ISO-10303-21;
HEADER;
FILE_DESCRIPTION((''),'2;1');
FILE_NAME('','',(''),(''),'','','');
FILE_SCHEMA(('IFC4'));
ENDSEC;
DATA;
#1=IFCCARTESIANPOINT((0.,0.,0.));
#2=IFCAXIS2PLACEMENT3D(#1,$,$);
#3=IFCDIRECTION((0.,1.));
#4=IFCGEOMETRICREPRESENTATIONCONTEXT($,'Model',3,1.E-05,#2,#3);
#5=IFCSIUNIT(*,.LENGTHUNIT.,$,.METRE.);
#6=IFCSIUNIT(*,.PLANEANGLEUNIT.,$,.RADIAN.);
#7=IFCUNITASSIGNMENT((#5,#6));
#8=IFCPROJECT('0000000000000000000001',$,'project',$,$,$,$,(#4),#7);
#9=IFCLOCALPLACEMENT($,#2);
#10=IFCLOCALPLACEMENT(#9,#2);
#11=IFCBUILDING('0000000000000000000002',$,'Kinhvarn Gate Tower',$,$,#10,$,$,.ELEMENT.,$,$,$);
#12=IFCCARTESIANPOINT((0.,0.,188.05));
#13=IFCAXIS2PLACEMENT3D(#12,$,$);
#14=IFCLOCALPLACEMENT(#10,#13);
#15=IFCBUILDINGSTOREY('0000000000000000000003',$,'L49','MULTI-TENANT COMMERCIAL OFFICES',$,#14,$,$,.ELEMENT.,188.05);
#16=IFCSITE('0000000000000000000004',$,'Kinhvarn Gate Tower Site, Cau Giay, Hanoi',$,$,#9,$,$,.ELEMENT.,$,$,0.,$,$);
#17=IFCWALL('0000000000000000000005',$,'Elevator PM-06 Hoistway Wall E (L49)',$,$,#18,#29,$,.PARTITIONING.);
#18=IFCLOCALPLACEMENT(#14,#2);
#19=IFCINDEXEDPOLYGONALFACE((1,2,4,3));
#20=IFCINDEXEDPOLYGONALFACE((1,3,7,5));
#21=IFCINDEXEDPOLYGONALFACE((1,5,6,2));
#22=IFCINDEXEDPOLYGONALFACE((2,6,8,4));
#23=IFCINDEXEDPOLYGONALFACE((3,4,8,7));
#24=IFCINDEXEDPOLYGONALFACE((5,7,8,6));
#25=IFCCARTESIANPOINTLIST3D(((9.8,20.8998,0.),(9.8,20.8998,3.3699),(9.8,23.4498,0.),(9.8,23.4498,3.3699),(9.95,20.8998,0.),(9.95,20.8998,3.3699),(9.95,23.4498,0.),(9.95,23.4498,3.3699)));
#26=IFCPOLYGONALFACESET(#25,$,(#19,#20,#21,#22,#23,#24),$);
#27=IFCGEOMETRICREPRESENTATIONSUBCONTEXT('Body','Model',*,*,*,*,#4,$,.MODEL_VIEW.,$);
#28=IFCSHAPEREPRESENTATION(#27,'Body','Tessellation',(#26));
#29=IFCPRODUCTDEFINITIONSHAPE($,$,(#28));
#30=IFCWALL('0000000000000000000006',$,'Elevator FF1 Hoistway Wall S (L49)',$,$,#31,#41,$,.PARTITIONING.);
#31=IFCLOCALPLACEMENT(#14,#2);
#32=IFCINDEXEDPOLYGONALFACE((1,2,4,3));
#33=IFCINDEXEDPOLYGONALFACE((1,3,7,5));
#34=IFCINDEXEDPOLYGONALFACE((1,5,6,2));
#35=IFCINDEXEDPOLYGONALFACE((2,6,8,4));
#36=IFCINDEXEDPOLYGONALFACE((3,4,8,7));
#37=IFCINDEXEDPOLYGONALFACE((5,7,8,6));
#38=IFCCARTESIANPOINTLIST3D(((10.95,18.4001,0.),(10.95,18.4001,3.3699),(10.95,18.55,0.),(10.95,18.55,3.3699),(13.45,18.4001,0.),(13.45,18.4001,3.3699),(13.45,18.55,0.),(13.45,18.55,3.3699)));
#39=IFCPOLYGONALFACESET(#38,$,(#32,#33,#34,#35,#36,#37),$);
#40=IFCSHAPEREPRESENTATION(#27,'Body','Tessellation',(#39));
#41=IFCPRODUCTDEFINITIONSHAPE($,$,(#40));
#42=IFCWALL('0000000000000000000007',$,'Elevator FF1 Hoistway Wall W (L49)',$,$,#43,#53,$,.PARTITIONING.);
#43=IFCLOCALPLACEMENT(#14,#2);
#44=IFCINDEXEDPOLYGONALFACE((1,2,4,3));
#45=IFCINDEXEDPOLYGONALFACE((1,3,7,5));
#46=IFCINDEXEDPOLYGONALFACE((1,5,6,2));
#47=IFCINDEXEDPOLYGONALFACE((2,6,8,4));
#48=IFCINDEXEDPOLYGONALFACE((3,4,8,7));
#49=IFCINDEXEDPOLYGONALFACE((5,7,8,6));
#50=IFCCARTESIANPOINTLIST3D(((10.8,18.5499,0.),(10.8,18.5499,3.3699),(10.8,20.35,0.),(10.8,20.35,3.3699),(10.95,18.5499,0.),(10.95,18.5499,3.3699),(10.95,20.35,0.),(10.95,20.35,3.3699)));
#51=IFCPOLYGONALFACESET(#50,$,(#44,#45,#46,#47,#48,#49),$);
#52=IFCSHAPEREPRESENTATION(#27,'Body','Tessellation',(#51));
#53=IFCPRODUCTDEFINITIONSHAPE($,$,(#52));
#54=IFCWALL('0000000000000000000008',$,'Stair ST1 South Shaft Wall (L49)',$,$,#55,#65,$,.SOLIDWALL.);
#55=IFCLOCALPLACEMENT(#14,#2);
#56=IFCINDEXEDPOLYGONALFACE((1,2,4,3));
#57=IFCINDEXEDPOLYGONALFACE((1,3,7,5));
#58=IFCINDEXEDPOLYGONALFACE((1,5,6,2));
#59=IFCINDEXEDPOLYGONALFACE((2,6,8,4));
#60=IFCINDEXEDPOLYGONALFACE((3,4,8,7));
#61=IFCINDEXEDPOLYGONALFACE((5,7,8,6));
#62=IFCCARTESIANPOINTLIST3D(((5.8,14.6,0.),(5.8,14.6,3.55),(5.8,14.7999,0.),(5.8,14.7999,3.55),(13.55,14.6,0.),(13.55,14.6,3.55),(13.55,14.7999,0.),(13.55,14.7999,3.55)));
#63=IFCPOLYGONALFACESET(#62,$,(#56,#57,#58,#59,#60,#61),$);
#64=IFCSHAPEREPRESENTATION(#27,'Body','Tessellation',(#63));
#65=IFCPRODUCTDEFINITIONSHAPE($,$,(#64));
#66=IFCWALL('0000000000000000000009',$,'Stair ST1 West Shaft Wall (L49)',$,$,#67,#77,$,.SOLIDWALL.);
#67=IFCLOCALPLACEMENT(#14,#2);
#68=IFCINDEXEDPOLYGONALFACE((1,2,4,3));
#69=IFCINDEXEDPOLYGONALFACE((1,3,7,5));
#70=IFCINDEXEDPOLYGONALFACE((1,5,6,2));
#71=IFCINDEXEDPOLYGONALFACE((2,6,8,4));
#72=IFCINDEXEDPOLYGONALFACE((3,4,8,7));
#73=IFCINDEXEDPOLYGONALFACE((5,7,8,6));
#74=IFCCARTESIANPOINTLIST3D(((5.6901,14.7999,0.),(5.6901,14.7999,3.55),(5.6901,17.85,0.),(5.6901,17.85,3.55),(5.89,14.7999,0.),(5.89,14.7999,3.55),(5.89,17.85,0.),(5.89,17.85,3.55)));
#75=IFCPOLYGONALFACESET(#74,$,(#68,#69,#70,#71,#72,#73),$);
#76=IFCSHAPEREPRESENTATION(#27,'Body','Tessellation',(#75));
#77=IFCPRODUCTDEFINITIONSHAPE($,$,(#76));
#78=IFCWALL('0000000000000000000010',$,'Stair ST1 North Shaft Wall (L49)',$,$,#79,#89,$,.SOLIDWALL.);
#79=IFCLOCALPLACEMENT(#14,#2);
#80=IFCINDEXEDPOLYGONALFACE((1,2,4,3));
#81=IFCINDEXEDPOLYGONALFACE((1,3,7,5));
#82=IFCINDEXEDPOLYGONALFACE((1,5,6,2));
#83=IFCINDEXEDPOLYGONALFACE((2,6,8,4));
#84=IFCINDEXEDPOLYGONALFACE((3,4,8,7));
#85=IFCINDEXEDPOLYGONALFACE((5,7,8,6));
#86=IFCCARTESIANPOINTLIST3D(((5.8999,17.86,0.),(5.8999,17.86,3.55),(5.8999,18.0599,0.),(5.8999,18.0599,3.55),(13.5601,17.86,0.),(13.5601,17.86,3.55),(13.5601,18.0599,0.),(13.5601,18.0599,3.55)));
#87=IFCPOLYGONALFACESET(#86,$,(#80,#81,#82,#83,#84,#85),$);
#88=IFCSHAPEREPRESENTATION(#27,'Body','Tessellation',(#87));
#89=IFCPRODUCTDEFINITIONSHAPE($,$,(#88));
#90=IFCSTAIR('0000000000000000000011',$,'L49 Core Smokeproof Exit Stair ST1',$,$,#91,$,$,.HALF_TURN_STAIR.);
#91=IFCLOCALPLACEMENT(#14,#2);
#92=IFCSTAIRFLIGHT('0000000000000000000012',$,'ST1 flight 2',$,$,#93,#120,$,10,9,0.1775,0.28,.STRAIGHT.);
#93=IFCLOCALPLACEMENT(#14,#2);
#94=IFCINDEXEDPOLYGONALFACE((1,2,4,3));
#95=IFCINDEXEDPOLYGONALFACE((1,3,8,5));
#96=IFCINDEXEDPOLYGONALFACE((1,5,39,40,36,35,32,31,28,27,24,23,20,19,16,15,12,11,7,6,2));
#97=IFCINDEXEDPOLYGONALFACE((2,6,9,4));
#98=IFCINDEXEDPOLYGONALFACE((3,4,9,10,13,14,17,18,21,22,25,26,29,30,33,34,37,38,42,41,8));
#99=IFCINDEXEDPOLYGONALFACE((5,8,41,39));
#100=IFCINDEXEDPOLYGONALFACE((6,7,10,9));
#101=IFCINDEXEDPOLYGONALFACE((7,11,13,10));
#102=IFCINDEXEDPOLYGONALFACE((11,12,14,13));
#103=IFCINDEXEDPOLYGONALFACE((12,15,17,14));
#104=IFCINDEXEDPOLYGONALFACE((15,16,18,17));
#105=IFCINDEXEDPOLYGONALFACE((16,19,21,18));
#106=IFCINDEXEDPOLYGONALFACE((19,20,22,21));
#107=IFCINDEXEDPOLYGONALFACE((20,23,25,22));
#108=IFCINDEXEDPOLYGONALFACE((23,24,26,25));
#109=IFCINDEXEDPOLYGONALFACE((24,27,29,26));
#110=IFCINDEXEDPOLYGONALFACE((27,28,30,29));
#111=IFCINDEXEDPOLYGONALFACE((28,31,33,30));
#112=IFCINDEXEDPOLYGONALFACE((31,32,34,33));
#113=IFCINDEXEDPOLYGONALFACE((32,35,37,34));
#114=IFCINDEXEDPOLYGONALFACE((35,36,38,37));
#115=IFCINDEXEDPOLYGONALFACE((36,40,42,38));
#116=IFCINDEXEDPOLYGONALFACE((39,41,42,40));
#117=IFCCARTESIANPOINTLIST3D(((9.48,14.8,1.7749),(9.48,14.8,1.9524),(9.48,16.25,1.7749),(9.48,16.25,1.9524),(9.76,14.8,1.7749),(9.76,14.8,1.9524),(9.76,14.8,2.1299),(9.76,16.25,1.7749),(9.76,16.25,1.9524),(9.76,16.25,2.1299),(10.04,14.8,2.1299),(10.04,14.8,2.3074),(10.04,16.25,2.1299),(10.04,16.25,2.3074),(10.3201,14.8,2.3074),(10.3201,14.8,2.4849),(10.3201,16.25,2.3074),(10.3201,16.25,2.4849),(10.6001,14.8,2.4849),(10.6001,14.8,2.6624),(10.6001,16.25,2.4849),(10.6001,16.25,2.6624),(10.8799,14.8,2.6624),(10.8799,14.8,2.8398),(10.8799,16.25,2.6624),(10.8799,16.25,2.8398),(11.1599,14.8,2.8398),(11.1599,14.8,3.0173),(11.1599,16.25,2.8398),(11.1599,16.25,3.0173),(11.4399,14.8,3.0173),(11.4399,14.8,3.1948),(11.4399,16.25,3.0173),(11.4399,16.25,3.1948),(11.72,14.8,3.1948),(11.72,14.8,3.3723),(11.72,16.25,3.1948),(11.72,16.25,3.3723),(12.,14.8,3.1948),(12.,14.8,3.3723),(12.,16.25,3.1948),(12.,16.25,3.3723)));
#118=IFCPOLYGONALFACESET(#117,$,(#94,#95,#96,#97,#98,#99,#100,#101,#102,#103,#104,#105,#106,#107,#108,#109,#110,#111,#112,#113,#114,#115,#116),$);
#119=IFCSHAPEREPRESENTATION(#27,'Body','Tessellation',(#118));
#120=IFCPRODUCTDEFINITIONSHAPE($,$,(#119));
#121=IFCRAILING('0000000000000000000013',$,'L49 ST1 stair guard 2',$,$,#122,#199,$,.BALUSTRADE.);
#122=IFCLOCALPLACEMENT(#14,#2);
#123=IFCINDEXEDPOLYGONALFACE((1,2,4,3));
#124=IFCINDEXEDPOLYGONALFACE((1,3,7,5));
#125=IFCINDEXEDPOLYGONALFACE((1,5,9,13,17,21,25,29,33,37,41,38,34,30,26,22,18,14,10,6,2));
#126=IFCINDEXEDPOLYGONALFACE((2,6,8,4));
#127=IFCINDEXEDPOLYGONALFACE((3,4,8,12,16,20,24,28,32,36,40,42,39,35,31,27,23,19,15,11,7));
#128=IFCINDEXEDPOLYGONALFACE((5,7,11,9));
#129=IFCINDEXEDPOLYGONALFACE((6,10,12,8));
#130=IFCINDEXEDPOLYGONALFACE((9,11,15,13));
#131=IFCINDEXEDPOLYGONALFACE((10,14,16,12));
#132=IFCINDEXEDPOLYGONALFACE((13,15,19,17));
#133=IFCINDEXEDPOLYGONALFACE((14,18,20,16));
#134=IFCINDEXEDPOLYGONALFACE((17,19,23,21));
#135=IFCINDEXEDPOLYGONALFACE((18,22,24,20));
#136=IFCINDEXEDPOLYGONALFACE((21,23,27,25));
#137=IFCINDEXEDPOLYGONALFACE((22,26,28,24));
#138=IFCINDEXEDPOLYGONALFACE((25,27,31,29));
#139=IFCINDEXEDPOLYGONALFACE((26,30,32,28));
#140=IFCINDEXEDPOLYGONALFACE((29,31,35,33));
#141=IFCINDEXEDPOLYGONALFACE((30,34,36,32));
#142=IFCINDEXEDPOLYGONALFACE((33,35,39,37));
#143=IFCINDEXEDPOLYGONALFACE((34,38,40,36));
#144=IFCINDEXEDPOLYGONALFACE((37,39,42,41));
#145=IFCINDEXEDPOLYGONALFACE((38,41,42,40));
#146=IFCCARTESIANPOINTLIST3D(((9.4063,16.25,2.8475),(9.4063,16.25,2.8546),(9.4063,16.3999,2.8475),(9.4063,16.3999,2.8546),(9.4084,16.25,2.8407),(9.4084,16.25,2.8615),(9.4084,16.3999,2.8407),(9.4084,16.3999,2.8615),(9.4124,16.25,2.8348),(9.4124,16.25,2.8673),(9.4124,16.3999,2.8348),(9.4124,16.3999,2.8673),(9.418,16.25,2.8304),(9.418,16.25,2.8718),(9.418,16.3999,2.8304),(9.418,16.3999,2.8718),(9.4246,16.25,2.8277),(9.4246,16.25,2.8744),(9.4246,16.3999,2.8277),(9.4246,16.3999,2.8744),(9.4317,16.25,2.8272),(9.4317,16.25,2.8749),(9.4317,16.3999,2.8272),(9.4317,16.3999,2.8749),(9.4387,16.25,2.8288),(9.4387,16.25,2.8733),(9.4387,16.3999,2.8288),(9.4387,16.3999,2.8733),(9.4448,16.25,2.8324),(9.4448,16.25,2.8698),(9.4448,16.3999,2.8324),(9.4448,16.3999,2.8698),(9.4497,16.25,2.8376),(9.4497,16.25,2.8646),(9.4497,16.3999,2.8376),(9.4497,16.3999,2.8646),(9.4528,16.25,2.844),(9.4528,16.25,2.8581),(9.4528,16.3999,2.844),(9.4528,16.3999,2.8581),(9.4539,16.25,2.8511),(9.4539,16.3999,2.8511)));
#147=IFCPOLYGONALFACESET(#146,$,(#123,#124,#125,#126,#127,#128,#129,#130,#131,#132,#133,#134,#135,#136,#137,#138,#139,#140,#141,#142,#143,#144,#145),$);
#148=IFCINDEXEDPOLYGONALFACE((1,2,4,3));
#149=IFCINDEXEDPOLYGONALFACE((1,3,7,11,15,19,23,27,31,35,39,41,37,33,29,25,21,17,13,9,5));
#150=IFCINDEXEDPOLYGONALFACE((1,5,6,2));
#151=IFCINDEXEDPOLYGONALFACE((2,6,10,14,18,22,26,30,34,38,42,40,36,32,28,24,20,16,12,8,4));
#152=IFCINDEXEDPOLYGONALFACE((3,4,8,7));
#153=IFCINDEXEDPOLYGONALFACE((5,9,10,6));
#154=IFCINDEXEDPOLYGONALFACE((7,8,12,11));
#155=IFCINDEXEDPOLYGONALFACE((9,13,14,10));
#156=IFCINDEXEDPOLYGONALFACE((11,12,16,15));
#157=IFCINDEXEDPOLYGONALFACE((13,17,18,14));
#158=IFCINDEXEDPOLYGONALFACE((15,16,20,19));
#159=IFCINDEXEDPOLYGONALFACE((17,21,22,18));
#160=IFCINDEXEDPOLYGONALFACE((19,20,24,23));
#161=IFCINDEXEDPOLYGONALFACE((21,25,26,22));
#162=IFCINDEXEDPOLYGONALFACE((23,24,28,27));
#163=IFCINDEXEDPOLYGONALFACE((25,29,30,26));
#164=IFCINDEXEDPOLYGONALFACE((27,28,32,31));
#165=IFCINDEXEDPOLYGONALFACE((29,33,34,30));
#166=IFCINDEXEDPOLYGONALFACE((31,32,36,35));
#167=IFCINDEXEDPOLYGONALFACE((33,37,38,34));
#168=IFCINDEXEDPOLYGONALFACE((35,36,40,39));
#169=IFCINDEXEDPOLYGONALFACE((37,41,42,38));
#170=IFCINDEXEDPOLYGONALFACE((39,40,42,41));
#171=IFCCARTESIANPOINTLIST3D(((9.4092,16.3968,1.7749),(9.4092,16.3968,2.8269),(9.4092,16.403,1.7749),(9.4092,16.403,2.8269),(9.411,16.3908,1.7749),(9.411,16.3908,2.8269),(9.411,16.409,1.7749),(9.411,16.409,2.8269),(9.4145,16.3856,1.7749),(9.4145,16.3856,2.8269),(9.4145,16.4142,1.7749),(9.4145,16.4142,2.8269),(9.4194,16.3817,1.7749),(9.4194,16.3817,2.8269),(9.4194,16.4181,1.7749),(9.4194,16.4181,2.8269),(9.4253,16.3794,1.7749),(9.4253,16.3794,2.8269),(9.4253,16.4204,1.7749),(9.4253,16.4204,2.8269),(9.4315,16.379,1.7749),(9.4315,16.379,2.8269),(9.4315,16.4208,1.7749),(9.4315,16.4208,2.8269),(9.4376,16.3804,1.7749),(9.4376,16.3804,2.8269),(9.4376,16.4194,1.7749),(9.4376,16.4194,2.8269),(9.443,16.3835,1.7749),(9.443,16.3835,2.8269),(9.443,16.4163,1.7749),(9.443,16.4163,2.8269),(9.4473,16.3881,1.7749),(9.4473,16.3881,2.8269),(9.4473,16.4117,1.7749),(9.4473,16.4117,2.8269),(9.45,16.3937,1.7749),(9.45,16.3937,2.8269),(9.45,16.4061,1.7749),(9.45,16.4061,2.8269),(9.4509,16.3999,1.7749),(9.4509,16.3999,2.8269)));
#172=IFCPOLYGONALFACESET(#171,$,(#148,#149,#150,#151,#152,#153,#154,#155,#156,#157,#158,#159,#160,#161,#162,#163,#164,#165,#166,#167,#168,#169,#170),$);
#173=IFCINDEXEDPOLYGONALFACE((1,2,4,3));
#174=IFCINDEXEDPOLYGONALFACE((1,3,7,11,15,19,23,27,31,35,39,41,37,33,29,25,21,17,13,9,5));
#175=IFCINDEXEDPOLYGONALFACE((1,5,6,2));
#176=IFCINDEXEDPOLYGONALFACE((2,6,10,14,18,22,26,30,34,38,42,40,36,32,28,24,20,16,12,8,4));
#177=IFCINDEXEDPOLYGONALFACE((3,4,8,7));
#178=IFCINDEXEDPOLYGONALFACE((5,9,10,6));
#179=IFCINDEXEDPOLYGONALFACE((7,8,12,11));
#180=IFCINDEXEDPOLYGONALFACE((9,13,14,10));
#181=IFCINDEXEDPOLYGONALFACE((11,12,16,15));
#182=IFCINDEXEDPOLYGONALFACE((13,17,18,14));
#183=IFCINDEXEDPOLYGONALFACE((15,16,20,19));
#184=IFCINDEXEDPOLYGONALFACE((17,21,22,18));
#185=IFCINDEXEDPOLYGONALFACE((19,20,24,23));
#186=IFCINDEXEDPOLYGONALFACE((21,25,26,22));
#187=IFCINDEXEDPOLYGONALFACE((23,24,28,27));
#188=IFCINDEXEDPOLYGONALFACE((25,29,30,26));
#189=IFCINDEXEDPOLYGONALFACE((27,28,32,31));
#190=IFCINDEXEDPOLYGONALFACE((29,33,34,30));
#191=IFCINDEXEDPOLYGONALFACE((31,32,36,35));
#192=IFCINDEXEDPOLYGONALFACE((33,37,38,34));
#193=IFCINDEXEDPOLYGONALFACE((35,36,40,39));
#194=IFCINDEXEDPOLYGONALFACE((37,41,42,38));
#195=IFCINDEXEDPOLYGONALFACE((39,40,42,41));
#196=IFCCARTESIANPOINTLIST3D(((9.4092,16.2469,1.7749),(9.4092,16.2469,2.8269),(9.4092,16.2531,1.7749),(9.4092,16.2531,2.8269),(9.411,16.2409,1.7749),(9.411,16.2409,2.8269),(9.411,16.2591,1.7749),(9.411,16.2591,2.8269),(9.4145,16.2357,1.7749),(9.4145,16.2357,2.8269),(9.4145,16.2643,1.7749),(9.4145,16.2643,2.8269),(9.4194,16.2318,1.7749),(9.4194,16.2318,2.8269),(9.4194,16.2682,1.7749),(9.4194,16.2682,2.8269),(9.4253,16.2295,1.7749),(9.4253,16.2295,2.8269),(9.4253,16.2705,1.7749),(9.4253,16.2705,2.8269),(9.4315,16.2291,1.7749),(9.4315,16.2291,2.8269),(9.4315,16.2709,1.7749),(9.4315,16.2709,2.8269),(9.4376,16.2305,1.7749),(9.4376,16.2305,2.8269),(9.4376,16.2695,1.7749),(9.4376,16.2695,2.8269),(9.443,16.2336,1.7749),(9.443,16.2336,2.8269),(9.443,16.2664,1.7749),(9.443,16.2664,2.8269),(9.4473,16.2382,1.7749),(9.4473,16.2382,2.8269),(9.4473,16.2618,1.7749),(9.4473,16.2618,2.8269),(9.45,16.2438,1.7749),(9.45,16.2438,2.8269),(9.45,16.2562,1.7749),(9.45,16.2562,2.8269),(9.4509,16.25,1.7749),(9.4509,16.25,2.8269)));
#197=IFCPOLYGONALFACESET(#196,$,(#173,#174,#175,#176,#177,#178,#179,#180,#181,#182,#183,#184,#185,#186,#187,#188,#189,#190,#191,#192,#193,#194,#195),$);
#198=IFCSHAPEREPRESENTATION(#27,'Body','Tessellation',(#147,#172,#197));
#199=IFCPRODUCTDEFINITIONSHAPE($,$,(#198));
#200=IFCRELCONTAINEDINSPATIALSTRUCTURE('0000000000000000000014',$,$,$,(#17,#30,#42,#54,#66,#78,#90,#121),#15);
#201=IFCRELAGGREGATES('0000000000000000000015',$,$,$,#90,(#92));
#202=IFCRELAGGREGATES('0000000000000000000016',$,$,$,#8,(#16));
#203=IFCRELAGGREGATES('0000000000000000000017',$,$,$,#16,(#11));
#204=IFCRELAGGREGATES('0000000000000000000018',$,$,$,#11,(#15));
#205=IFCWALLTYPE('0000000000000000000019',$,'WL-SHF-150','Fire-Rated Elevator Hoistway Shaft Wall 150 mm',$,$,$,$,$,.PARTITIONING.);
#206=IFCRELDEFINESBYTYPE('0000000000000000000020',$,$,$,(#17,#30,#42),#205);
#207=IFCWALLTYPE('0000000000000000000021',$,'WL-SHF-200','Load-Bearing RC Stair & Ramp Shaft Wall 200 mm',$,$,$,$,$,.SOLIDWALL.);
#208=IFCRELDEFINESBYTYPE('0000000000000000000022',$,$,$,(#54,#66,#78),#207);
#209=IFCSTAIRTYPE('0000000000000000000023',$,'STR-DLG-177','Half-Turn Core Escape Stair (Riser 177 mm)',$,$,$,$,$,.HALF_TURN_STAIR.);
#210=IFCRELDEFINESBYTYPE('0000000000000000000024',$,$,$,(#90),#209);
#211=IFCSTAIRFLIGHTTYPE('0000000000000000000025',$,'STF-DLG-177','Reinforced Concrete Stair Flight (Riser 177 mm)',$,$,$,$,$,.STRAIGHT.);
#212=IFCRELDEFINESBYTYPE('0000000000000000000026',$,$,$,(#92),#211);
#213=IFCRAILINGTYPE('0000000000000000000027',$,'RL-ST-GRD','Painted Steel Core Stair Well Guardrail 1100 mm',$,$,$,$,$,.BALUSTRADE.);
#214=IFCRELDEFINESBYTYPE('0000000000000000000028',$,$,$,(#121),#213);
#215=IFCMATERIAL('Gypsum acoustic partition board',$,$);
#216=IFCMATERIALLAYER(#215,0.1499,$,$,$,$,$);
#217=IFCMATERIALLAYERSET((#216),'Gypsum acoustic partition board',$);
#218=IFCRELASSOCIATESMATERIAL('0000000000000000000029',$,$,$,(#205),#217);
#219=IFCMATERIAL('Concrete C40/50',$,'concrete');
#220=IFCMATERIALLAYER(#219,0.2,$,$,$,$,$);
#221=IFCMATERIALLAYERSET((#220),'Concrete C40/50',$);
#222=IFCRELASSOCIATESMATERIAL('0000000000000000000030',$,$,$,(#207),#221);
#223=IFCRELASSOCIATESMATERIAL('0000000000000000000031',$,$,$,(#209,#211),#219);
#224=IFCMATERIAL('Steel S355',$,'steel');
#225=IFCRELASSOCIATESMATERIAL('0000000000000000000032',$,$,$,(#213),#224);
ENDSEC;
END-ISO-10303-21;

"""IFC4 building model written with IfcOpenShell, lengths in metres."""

from ifc_helpers import new_model, si_unit, direction, frame, frame_2d, origin, origin_2d, place, context, subcontext, project, spatial, polyline, rectangle, circle, outline, extrude, material, layer, layer_set, type_object, element, aggregate, save


model = new_model("IFC4")

# Units and contexts
model_context = context("Model", 3, precision=1e-05, world=origin(), true_north=direction((0.0, 1.0)))
body_context = subcontext(model_context, "Body", "Model", "MODEL_VIEW")
ifc_project = project(units=[si_unit("LENGTHUNIT", "METRE"), si_unit("PLANEANGLEUNIT", "RADIAN")], contexts=[model_context])

# Site, building, storey
site_placement = place(None, origin())
site = spatial("IfcSite", under=ifc_project, at=site_placement, Name="Kinhvarn Gate Tower Site, Cau Giay, Hanoi", CompositionType="ELEMENT", RefElevation=0.0)
building_placement = place(site_placement, origin())
building = spatial("IfcBuilding", under=site, at=building_placement, Name="Kinhvarn Gate Tower", CompositionType="ELEMENT")
storey_placement = place(building_placement, frame((0.0, 0.0, 188.05)))
storey = spatial("IfcBuildingStorey", under=building, at=storey_placement, Name="L49", Description="MULTI-TENANT COMMERCIAL OFFICES", CompositionType="ELEMENT", Elevation=188.05)

# Shared definitions
ifc_material_1 = material(Name="Steel S355", Category="steel")

# Walls
ifc_material_2 = material(Name="Gypsum acoustic partition board")
ifc_layer_1 = layer(ifc_material_2, 0.1499)
ifc_layer_set_1 = layer_set([ifc_layer_1], Name="Gypsum acoustic partition board")
wall_type_1 = type_object("IfcWallType", Name="WL-SHF-150", Description="Fire-Rated Elevator Hoistway Shaft Wall 150 mm", PredefinedType="PARTITIONING", material=ifc_layer_set_1)
wall_1_placement = place(storey_placement, frame((9.875, 20.8999, 0.0), z_axis=(0.0, 0.0, 1.0), x_axis=(0.0, 1.0, 0.0)))
element("IfcWall", 1, at=wall_1_placement, inside=storey, type_object=wall_type_1, Name="Elevator PM-06 Hoistway Wall E (L49)", PredefinedType="PARTITIONING", context=body_context, shape_type="SweptSolid", body=[
    extrude(rectangle(XDim=2.55, YDim=0.1499, at=frame_2d((1.2749, 0.0))), origin(), (0.0, 0.0, 1.0), 3.3699),
])
wall_2_placement = place(storey_placement, frame((10.95, 18.4751, 0.0), z_axis=(0.0, 0.0, 1.0), x_axis=(1.0, 0.0, 0.0)))
element("IfcWall", 2, at=wall_2_placement, inside=storey, type_object=wall_type_1, Name="Elevator FF1 Hoistway Wall S (L49)", PredefinedType="PARTITIONING", context=body_context, shape_type="SweptSolid", body=[
    extrude(rectangle(XDim=2.5, YDim=0.1499, at=frame_2d((1.25, 0.0))), origin(), (0.0, 0.0, 1.0), 3.3699),
])
wall_3_placement = place(storey_placement, frame((10.875, 18.55, 0.0), z_axis=(0.0, 0.0, 1.0), x_axis=(0.0, 1.0, 0.0)))
element("IfcWall", 3, at=wall_3_placement, inside=storey, type_object=wall_type_1, Name="Elevator FF1 Hoistway Wall W (L49)", PredefinedType="PARTITIONING", context=body_context, shape_type="SweptSolid", body=[
    extrude(rectangle(XDim=1.8, YDim=0.1499, at=frame_2d((0.8999, 0.0))), origin(), (0.0, 0.0, 1.0), 3.3699),
])
ifc_material_3 = material(Name="Concrete C40/50", Category="concrete")
ifc_layer_2 = layer(ifc_material_3, 0.2)
ifc_layer_set_2 = layer_set([ifc_layer_2], Name="Concrete C40/50")
wall_type_2 = type_object("IfcWallType", Name="WL-SHF-200", Description="Load-Bearing RC Stair & Ramp Shaft Wall 200 mm", PredefinedType="SOLIDWALL", material=ifc_layer_set_2)
wall_4_placement = place(storey_placement, frame((5.8, 14.7, 0.0), z_axis=(0.0, 0.0, 1.0), x_axis=(1.0, 0.0, 0.0)))
element("IfcWall", 4, at=wall_4_placement, inside=storey, type_object=wall_type_2, Name="Stair ST1 South Shaft Wall (L49)", PredefinedType="SOLIDWALL", context=body_context, shape_type="SweptSolid", body=[
    extrude(rectangle(XDim=7.75, YDim=0.2, at=frame_2d((3.875, 0.0))), origin(), (0.0, 0.0, 1.0), 3.55),
])
wall_5_placement = place(storey_placement, frame((5.79, 14.8, 0.0), z_axis=(0.0, 0.0, 1.0), x_axis=(0.0, 1.0, 0.0)))
element("IfcWall", 5, at=wall_5_placement, inside=storey, type_object=wall_type_2, Name="Stair ST1 West Shaft Wall (L49)", PredefinedType="SOLIDWALL", context=body_context, shape_type="SweptSolid", body=[
    extrude(rectangle(XDim=3.05, YDim=0.2, at=frame_2d((1.5249, 0.0))), origin(), (0.0, 0.0, 1.0), 3.55),
])
wall_6_placement = place(storey_placement, frame((5.8999, 17.96, 0.0), z_axis=(0.0, 0.0, 1.0), x_axis=(1.0, 0.0, 0.0)))
element("IfcWall", 6, at=wall_6_placement, inside=storey, type_object=wall_type_2, Name="Stair ST1 North Shaft Wall (L49)", PredefinedType="SOLIDWALL", context=body_context, shape_type="SweptSolid", body=[
    extrude(rectangle(XDim=7.6602, YDim=0.2, at=frame_2d((3.8301, 0.0))), origin(), (0.0, 0.0, 1.0), 3.55),
])

# Stair, stair flight
stair_type = type_object("IfcStairType", Name="STR-DLG-177", Description="Half-Turn Core Escape Stair (Riser 177 mm)", PredefinedType="HALF_TURN_STAIR", material=ifc_material_3)
stair_placement = place(storey_placement, origin())
stair = element("IfcStair", 7, at=stair_placement, inside=storey, type_object=stair_type, Name="L49 Core Smokeproof Exit Stair ST1", PredefinedType="HALF_TURN_STAIR")
stair_flight_type = type_object("IfcStairFlightType", Name="STF-DLG-177", Description="Reinforced Concrete Stair Flight (Riser 177 mm)", PredefinedType="STRAIGHT", material=ifc_material_3)
stair_flight_placement = place(storey_placement, frame((9.48, 15.5249, 1.7749), z_axis=(0.0, 0.0, 1.0), x_axis=(1.0, 0.0, 0.0)))
stair_flight = element("IfcStairFlight", 8, at=stair_flight_placement, type_object=stair_flight_type, Name="ST1 flight 2", NumberOfRisers=10, NumberOfTreads=9, PredefinedType="STRAIGHT", RiserHeight=0.1775, TreadLength=0.28, context=body_context, shape_type="SweptSolid", body=[
    extrude(outline(polyline([(0.0, 0.0), (0.0, 0.1775), (0.28, 0.1775), (0.28, 0.355), (0.5601, 0.355), (0.5601, 0.5325), (0.8401, 0.5325), (0.8401, 0.71), (1.1201, 0.71), (1.1201, 0.8875), (1.3999, 0.8875), (1.3999, 1.0649), (1.6799, 1.0649), (1.6799, 1.2424), (1.96, 1.2424), (1.96, 1.4199), (2.24, 1.4199), (2.24, 1.5974), (2.52, 1.5974), (2.52, 1.7749), (2.52, 1.4199), (0.28, 0.0), (0.0, 0.0)])), frame((0.0, 0.7251, 0.0), z_axis=(0.0, -1.0, 0.0), x_axis=(1.0, 0.0, 0.0)), (0.0, 0.0, 1.0), 1.45),
])
aggregate(stair, [stair_flight])

# Railing
railing_type_1 = type_object("IfcRailingType", Name="RL-ST-GRD", Description="Painted Steel Core Stair Well Guardrail 1100 mm", PredefinedType="BALUSTRADE", material=ifc_material_1)
railing_1_placement = place(storey_placement, frame((9.4299, 16.3999, 1.7749)))
element("IfcRailing", 9, at=railing_1_placement, inside=storey, type_object=railing_type_1, Name="L49 ST1 stair guard 2", PredefinedType="BALUSTRADE", context=body_context, shape_type="SweptSolid", body=[
    extrude(circle(Radius=0.0239, at=origin_2d()), frame((0.0, 0.0, 1.0762), z_axis=(0.0, -1.0, 0.0), x_axis=(1.0, 0.0, 0.0)), (0.0, 0.0, 1.0), 0.1499),
    extrude(circle(Radius=0.021, at=origin_2d()), origin(), (0.0, 0.0, 1.0), 1.052),
    extrude(circle(Radius=0.021, at=origin_2d()), frame((0.0, -0.1499, 0.0)), (0.0, 0.0, 1.0), 1.052),
])

save(model, "model.ifc")
